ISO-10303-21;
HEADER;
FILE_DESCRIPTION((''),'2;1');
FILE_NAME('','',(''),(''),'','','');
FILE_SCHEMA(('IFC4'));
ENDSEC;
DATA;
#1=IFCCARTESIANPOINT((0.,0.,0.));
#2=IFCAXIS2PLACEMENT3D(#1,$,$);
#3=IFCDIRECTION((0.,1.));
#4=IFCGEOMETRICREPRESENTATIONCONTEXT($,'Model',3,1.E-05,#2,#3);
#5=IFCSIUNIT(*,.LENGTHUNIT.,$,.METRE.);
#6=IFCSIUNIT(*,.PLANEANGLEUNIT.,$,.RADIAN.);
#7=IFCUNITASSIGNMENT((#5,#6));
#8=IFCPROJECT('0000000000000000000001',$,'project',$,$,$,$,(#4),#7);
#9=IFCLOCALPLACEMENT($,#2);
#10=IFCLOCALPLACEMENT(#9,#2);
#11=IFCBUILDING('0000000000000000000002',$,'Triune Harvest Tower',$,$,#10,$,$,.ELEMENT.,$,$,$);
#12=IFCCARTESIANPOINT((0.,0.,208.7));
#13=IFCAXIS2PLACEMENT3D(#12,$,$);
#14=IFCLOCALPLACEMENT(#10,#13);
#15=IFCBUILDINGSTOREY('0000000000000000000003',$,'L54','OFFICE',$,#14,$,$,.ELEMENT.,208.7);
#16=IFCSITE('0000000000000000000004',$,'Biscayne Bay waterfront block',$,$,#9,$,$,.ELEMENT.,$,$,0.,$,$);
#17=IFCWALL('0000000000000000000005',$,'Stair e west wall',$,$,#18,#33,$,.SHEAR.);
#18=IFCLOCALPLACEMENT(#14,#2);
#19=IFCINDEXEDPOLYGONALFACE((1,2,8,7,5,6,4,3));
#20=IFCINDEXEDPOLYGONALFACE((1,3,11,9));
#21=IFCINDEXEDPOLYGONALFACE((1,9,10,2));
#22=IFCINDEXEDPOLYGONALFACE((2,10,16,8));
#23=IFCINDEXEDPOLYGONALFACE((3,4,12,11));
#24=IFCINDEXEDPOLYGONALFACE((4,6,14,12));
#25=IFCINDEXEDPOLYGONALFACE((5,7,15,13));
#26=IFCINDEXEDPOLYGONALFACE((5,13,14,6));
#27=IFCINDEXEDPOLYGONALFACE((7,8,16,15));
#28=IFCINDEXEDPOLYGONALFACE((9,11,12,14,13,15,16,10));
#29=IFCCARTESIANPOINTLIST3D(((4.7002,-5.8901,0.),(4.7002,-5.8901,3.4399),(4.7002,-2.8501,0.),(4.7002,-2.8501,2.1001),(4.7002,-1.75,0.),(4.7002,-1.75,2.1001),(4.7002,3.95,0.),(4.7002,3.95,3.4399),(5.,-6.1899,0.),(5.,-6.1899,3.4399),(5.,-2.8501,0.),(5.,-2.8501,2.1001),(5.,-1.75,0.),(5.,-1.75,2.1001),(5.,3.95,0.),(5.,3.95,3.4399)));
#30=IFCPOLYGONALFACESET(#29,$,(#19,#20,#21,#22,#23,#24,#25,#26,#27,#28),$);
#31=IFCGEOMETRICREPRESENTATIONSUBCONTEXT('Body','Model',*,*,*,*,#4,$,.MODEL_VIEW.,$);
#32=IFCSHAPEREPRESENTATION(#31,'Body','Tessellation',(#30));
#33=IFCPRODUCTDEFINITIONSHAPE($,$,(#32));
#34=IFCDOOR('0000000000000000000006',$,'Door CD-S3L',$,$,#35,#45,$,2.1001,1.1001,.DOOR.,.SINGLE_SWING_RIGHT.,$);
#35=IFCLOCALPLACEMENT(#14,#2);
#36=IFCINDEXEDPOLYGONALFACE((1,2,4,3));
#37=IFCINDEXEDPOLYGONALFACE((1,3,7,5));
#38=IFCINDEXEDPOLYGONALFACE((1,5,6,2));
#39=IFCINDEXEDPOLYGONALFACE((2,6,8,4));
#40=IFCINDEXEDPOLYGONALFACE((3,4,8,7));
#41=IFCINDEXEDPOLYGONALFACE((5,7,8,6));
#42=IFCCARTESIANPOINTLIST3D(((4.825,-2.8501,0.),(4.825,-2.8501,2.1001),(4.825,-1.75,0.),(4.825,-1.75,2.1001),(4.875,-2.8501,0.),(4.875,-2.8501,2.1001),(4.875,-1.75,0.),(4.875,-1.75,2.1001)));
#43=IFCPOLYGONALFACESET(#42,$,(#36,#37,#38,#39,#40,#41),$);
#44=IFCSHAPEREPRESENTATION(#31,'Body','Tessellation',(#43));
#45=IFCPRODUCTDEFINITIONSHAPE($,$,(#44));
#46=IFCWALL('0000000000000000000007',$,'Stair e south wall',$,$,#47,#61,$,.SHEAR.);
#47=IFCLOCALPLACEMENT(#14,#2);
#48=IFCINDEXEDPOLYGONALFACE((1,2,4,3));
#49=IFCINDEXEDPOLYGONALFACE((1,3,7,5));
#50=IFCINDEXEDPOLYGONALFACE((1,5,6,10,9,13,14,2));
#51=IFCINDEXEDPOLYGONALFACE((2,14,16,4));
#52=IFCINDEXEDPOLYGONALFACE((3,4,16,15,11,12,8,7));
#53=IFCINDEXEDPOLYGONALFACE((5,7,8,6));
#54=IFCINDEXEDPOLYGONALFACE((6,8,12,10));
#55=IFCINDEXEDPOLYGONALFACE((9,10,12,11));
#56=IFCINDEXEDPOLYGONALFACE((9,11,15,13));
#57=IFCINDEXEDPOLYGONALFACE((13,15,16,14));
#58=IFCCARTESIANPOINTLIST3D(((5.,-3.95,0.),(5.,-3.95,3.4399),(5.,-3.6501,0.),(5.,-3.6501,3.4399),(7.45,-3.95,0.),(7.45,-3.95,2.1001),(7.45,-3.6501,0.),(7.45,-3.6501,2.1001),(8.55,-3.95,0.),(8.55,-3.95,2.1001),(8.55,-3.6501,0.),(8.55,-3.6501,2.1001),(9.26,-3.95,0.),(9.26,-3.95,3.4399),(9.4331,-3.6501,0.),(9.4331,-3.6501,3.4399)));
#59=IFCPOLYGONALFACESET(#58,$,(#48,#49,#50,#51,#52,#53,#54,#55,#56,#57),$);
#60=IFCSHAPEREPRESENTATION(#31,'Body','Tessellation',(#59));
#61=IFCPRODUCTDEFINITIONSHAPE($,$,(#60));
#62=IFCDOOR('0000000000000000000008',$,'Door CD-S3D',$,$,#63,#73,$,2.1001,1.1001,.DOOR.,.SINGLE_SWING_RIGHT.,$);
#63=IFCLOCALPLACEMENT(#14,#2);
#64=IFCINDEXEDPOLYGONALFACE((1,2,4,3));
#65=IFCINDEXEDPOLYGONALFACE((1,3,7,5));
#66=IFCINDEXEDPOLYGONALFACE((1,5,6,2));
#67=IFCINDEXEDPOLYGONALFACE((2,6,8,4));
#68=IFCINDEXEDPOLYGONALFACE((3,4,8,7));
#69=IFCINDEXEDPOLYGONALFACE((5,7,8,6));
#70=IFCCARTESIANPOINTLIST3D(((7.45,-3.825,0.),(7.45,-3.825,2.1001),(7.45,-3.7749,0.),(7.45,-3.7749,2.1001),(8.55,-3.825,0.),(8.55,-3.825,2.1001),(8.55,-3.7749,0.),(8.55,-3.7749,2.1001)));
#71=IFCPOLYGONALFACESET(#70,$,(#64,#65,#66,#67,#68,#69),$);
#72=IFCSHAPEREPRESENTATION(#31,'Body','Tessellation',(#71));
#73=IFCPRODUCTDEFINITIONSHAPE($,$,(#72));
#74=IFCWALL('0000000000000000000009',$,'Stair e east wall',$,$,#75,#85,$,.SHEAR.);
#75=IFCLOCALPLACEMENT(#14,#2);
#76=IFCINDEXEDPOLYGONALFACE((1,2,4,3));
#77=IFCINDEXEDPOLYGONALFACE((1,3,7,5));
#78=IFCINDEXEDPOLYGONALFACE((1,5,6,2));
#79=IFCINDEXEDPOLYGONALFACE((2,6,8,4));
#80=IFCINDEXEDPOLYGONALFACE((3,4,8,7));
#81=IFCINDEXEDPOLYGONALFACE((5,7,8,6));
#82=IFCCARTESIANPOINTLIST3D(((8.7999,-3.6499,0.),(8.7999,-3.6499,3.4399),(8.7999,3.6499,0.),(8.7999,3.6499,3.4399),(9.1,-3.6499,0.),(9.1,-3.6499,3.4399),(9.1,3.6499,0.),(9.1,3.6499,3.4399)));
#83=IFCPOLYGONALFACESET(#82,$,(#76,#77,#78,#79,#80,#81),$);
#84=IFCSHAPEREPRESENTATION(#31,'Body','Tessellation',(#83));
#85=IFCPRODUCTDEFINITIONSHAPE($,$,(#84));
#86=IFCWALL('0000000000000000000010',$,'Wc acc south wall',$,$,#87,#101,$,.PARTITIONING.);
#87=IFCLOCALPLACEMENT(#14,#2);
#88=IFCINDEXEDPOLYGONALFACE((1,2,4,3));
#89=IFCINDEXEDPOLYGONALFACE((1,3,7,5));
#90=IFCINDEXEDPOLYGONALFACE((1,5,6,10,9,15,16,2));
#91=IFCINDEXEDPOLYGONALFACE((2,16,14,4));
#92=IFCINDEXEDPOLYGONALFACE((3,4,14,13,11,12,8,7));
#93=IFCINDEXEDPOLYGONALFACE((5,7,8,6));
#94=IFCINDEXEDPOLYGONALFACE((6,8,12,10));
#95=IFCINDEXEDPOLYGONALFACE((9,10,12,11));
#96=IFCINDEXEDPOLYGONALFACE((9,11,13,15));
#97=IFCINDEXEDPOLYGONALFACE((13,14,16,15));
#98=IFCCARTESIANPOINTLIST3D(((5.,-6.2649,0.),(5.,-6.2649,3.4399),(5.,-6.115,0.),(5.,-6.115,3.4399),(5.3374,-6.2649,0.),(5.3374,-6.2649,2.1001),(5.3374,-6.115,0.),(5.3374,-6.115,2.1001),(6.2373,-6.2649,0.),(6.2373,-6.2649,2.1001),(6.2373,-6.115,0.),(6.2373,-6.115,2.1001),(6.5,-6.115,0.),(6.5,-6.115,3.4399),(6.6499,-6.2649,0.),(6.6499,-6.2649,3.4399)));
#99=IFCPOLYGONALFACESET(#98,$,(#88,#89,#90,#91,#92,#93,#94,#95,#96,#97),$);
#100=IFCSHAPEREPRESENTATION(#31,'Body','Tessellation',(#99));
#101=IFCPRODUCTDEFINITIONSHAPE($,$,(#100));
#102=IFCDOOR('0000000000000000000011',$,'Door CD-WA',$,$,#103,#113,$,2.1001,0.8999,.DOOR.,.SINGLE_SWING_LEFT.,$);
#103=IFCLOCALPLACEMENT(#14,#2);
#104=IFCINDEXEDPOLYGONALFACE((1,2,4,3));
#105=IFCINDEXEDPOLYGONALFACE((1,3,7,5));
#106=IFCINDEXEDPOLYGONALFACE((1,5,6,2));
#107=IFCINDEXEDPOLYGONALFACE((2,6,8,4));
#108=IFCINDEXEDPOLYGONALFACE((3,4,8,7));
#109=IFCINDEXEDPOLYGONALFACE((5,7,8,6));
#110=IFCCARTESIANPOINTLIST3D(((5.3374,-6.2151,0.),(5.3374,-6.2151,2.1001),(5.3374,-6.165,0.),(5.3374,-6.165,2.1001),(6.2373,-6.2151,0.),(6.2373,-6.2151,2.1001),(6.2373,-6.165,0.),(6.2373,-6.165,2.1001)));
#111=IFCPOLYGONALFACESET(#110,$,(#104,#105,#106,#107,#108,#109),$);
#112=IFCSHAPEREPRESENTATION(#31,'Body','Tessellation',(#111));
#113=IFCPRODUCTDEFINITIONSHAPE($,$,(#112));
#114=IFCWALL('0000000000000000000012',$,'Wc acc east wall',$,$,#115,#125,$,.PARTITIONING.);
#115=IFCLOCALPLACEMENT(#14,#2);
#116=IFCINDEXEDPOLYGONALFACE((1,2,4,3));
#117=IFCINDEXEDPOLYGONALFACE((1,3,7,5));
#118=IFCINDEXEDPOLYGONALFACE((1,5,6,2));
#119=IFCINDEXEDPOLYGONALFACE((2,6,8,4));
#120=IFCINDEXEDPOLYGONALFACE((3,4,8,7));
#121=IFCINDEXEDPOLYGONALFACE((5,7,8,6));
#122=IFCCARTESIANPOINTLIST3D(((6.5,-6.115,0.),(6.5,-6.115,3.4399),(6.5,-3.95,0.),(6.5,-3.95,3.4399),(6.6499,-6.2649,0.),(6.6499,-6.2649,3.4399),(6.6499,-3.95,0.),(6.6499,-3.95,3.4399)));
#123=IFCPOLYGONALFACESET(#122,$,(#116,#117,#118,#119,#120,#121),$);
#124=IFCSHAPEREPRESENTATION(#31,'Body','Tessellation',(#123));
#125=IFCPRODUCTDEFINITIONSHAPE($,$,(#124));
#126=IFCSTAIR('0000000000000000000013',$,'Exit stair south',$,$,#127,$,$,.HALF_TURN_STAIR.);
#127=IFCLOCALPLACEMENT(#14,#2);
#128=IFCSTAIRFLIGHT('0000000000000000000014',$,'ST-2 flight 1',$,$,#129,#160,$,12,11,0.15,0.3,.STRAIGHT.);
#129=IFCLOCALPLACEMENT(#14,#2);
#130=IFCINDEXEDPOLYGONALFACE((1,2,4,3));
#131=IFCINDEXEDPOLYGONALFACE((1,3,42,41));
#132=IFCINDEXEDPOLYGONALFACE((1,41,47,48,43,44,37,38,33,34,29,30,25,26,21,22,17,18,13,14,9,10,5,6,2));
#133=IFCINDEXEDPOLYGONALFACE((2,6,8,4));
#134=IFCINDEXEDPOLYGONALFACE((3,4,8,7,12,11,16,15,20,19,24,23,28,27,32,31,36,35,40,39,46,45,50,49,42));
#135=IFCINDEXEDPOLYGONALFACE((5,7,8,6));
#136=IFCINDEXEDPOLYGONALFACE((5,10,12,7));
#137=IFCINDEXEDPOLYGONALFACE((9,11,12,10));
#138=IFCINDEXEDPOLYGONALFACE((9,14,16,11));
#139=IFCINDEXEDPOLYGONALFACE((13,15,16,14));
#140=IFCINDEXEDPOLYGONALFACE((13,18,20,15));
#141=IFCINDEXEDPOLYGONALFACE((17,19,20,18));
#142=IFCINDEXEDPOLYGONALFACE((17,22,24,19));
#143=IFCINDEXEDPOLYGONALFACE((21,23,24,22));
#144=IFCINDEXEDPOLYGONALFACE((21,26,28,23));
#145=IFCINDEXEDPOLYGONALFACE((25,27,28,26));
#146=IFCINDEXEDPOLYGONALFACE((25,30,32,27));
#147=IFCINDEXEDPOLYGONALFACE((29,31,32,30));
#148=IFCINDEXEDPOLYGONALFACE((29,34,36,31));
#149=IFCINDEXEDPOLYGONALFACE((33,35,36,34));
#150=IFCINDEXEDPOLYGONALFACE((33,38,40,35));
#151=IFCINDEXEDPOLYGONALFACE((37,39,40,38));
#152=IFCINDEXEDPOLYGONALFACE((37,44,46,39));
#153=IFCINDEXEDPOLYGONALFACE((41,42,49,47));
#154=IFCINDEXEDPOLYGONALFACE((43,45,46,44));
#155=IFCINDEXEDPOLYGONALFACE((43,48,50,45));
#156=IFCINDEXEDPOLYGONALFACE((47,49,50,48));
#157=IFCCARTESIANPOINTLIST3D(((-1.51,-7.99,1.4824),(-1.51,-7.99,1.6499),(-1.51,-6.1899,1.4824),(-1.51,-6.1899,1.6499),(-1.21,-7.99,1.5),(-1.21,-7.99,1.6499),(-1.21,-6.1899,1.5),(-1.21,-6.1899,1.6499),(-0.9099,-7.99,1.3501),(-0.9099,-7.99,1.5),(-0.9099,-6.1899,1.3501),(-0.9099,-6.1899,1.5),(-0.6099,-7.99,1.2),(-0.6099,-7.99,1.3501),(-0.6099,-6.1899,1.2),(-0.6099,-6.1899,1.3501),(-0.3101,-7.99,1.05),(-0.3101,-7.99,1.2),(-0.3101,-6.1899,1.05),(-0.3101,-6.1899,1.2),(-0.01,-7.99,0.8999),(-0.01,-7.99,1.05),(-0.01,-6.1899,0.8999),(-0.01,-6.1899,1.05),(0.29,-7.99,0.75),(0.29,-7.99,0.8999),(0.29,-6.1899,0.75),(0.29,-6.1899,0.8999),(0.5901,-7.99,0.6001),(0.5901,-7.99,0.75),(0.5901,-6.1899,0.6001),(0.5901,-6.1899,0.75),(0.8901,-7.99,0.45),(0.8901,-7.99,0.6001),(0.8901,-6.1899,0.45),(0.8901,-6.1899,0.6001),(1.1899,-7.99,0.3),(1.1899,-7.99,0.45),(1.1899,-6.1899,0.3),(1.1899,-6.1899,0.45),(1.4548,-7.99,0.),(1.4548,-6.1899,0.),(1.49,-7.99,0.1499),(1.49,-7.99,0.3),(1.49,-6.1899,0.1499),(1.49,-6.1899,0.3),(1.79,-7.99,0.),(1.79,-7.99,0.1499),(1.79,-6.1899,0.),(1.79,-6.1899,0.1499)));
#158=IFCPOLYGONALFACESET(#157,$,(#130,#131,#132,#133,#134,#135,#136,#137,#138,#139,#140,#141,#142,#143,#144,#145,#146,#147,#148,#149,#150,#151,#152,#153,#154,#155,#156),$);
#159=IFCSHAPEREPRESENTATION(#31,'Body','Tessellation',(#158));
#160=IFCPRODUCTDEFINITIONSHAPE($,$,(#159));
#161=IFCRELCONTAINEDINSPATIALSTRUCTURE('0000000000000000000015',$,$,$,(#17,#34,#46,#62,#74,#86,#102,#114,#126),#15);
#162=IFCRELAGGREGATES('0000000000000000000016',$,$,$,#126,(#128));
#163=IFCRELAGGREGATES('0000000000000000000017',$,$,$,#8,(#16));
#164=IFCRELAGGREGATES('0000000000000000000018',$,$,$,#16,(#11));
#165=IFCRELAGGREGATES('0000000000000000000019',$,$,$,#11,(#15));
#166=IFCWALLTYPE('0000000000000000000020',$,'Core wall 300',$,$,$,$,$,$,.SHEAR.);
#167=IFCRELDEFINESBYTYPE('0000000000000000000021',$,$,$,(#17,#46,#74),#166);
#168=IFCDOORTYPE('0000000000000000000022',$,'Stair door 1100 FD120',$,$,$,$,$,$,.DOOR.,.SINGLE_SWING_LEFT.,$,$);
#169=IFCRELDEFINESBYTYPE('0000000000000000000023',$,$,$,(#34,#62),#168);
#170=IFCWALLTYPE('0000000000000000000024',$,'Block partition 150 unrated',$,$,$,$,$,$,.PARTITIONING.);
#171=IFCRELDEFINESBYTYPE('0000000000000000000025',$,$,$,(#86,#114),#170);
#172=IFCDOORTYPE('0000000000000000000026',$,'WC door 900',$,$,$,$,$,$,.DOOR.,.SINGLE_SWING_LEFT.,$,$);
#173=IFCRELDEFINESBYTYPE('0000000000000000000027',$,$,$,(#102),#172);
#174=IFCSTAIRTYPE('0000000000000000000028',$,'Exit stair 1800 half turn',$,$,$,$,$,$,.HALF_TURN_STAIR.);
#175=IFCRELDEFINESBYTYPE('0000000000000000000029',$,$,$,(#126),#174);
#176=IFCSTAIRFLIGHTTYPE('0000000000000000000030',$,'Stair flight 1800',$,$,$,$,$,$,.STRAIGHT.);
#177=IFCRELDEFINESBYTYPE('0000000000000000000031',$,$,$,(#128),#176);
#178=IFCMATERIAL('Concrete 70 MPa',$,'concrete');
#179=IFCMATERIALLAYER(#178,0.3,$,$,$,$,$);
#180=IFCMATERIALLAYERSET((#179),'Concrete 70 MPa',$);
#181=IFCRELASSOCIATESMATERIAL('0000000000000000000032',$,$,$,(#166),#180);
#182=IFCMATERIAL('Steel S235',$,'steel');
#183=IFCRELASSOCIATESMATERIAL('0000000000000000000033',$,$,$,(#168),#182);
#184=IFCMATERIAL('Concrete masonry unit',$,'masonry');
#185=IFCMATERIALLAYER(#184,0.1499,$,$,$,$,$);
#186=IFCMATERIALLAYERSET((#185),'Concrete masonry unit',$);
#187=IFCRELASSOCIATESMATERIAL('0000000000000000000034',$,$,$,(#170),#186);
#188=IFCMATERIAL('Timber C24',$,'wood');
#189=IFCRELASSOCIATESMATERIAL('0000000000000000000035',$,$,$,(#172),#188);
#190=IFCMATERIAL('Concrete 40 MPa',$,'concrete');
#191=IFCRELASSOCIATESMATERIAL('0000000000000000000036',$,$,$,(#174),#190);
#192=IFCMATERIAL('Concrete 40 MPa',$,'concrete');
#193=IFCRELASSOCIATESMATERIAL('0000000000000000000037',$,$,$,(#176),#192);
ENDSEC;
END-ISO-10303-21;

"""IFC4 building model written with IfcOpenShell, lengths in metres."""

from ifc_helpers import new_model, si_unit, direction, frame, frame_2d, origin, place, context, subcontext, project, spatial, polyline, rectangle, outline, extrude, source, transform, mapped, material, layer, layer_set, type_object, element, fill, aggregate, save


model = new_model("IFC4")

# Units and contexts
model_context = context("Model", 3, precision=1e-05, world=origin(), true_north=direction((0.0, 1.0)))
body_context = subcontext(model_context, "Body", "Model", "MODEL_VIEW")
ifc_project = project(units=[si_unit("LENGTHUNIT", "METRE"), si_unit("PLANEANGLEUNIT", "RADIAN")], contexts=[model_context])

# Site, building, storey
site_placement = place(None, origin())
site = spatial("IfcSite", under=ifc_project, at=site_placement, Name="Biscayne Bay waterfront block", CompositionType="ELEMENT", RefElevation=0.0)
building_placement = place(site_placement, origin())
building = spatial("IfcBuilding", under=site, at=building_placement, Name="Triune Harvest Tower", CompositionType="ELEMENT")
storey_placement = place(building_placement, frame((0.0, 0.0, 208.7)))
storey = spatial("IfcBuildingStorey", under=building, at=storey_placement, Name="L54", Description="OFFICE", CompositionType="ELEMENT", Elevation=208.7)

# Shared definitions
ifc_material_1 = material(Name="Concrete 70 MPa", Category="concrete")
ifc_layer_1 = layer(ifc_material_1, 0.3)
ifc_layer_set_1 = layer_set([ifc_layer_1], Name="Concrete 70 MPa")
wall_type_1 = type_object("IfcWallType", Name="Core wall 300", PredefinedType="SHEAR", material=ifc_layer_set_1)

# Walls, openings, doors
shared_shape_1 = source(origin(), body_context, "Body", "SweptSolid", [
    extrude(outline(polyline([(-0.1499, -0.1499), (9.99, -0.1499), (9.99, 0.1499), (0.1499, 0.1499), (-0.1499, -0.1499)])), origin(), (0.0, 0.0, 1.0), 3.4399),
])
wall_1_placement = place(storey_placement, frame((4.8501, -6.04, 0.0), z_axis=(0.0, 0.0, 1.0), x_axis=(0.0, 1.0, 0.0)))
wall_1 = element("IfcWall", 1, at=wall_1_placement, inside=storey, type_object=wall_type_1, Name="Stair e west wall", PredefinedType="SHEAR", context=body_context, shape_type="MappedRepresentation", body=[
    mapped(shared_shape_1, transform((0.0, 0.0, 0.0), scale=1.0)),
])
opening_1_placement = place(wall_1_placement, frame((3.1899, 0.0, 0.0)))
opening_1 = element("IfcOpeningElement", 2, at=opening_1_placement, cuts=wall_1, PredefinedType="OPENING", context=body_context, shape_type="SweptSolid", body=[
    extrude(rectangle(XDim=1.1001, YDim=2.1001, at=frame_2d((0.55, 1.05))), frame((0.0, 0.1602, 0.0), z_axis=(0.0, -1.0, 0.0), x_axis=(1.0, 0.0, 0.0)), (0.0, 0.0, 1.0), 0.3201),
])
ifc_material_2 = material(Name="Steel S235", Category="steel")
door_type_1 = type_object("IfcDoorType", Name="Stair door 1100 FD120", OperationType="SINGLE_SWING_LEFT", PredefinedType="DOOR", material=ifc_material_2)
door_1_placement = place(opening_1_placement, frame((1.1001, 0.0, 0.0), z_axis=(0.0, 0.0, 1.0), x_axis=(-1.0, 0.0, 0.0)))
door_1 = element("IfcDoor", 3, at=door_1_placement, inside=storey, type_object=door_type_1, Name="Door CD-S3L", OperationType="SINGLE_SWING_RIGHT", OverallHeight=2.1001, OverallWidth=1.1001, PredefinedType="DOOR", context=body_context, shape_type="SweptSolid", body=[
    extrude(rectangle(XDim=1.1001, YDim=2.1001, at=frame_2d((0.55, 1.05))), frame((0.0, 0.0249, 0.0), z_axis=(0.0, -1.0, 0.0), x_axis=(1.0, 0.0, 0.0)), (0.0, 0.0, 1.0), 0.05),
])
fill(opening_1, door_1)
shared_shape_2 = source(origin(), body_context, "Body", "SweptSolid", [
    extrude(outline(polyline([(0.0, -0.1499), (0.0, 0.1499), (4.4331, 0.1499), (4.26, -0.1499), (0.0, -0.1499)])), origin(), (0.0, 0.0, 1.0), 3.4399),
])
wall_2_placement = place(storey_placement, frame((5.0, -3.8, 0.0), z_axis=(0.0, 0.0, 1.0), x_axis=(1.0, 0.0, 0.0)))
wall_2 = element("IfcWall", 4, at=wall_2_placement, inside=storey, type_object=wall_type_1, Name="Stair e south wall", PredefinedType="SHEAR", context=body_context, shape_type="MappedRepresentation", body=[
    mapped(shared_shape_2, transform((0.0, 0.0, 0.0), scale=1.0)),
])
opening_2_placement = place(wall_2_placement, frame((2.45, 0.0, 0.0)))
opening_2 = element("IfcOpeningElement", 5, at=opening_2_placement, cuts=wall_2, PredefinedType="OPENING", context=body_context, shape_type="SweptSolid", body=[
    extrude(rectangle(XDim=1.1001, YDim=2.1001, at=frame_2d((0.55, 1.05))), frame((0.0, 0.1602, 0.0), z_axis=(0.0, -1.0, 0.0), x_axis=(1.0, 0.0, 0.0)), (0.0, 0.0, 1.0), 0.3201),
])
door_2_placement = place(opening_2_placement, frame((1.1001, 0.0, 0.0), z_axis=(0.0, 0.0, 1.0), x_axis=(-1.0, 0.0, 0.0)))
door_2 = element("IfcDoor", 6, at=door_2_placement, inside=storey, type_object=door_type_1, Name="Door CD-S3D", OperationType="SINGLE_SWING_RIGHT", OverallHeight=2.1001, OverallWidth=1.1001, PredefinedType="DOOR", context=body_context, shape_type="SweptSolid", body=[
    extrude(rectangle(XDim=1.1001, YDim=2.1001, at=frame_2d((0.55, 1.05))), frame((0.0, 0.0249, 0.0), z_axis=(0.0, -1.0, 0.0), x_axis=(1.0, 0.0, 0.0)), (0.0, 0.0, 1.0), 0.05),
])
fill(opening_2, door_2)

# Wall
shared_shape_3 = source(origin(), body_context, "Body", "SweptSolid", [
    extrude(rectangle(XDim=7.2998, YDim=0.3, at=frame_2d((3.6499, 0.0))), origin(), (0.0, 0.0, 1.0), 3.4399),
])
wall_3_placement = place(storey_placement, frame((8.95, -3.6499, 0.0), z_axis=(0.0, 0.0, 1.0), x_axis=(0.0, 1.0, 0.0)))
element("IfcWall", 7, at=wall_3_placement, inside=storey, type_object=wall_type_1, Name="Stair e east wall", PredefinedType="SHEAR", context=body_context, shape_type="MappedRepresentation", body=[
    mapped(shared_shape_3, transform((0.0, 0.0, 0.0), scale=1.0)),
])

# Wall, opening, door
ifc_material_3 = material(Name="Concrete masonry unit", Category="masonry")
ifc_layer_2 = layer(ifc_material_3, 0.1499)
ifc_layer_set_2 = layer_set([ifc_layer_2], Name="Concrete masonry unit")
wall_type_2 = type_object("IfcWallType", Name="Block partition 150 unrated", PredefinedType="PARTITIONING", material=ifc_layer_set_2)
shared_shape_4 = source(origin(), body_context, "Body", "SweptSolid", [
    extrude(outline(polyline([(0.0, -0.075), (1.6499, -0.075), (1.5, 0.075), (0.0, 0.075), (0.0, -0.075)])), origin(), (0.0, 0.0, 1.0), 3.4399),
])
wall_4_placement = place(storey_placement, frame((5.0, -6.1899, 0.0), z_axis=(0.0, 0.0, 1.0), x_axis=(1.0, 0.0, 0.0)))
wall_4 = element("IfcWall", 8, at=wall_4_placement, inside=storey, type_object=wall_type_2, Name="Wc acc south wall", PredefinedType="PARTITIONING", context=body_context, shape_type="MappedRepresentation", body=[
    mapped(shared_shape_4, transform((0.0, 0.0, 0.0), scale=1.0)),
])
opening_3_placement = place(wall_4_placement, frame((0.3374, 0.0, 0.0)))
opening_3 = element("IfcOpeningElement", 9, at=opening_3_placement, cuts=wall_4, PredefinedType="OPENING", context=body_context, shape_type="SweptSolid", body=[
    extrude(rectangle(XDim=0.8999, YDim=2.1001, at=frame_2d((0.45, 1.05))), frame((0.0, 0.085, 0.0), z_axis=(0.0, -1.0, 0.0), x_axis=(1.0, 0.0, 0.0)), (0.0, 0.0, 1.0), 0.1699),
])
ifc_material_4 = material(Name="Timber C24", Category="wood")
door_type_2 = type_object("IfcDoorType", Name="WC door 900", OperationType="SINGLE_SWING_LEFT", PredefinedType="DOOR", material=ifc_material_4)
door_3_placement = place(opening_3_placement, origin())
door_3 = element("IfcDoor", 10, at=door_3_placement, inside=storey, type_object=door_type_2, Name="Door CD-WA", OperationType="SINGLE_SWING_LEFT", OverallHeight=2.1001, OverallWidth=0.8999, PredefinedType="DOOR", context=body_context, shape_type="SweptSolid", body=[
    extrude(rectangle(XDim=0.8999, YDim=2.1001, at=frame_2d((0.45, 1.05))), frame((0.0, 0.0249, 0.0), z_axis=(0.0, -1.0, 0.0), x_axis=(1.0, 0.0, 0.0)), (0.0, 0.0, 1.0), 0.05),
])
fill(opening_3, door_3)

# Wall
shared_shape_5 = source(origin(), body_context, "Body", "SweptSolid", [
    extrude(outline(polyline([(-0.075, -0.075), (2.24, -0.075), (2.24, 0.075), (0.075, 0.075), (-0.075, -0.075)])), origin(), (0.0, 0.0, 1.0), 3.4399),
])
wall_5_placement = place(storey_placement, frame((6.575, -6.1899, 0.0), z_axis=(0.0, 0.0, 1.0), x_axis=(0.0, 1.0, 0.0)))
element("IfcWall", 11, at=wall_5_placement, inside=storey, type_object=wall_type_2, Name="Wc acc east wall", PredefinedType="PARTITIONING", context=body_context, shape_type="MappedRepresentation", body=[
    mapped(shared_shape_5, transform((0.0, 0.0, 0.0), scale=1.0)),
])

# Stair, stair flight
ifc_material_5 = material(Name="Concrete 40 MPa", Category="concrete")
stair_type = type_object("IfcStairType", Name="Exit stair 1800 half turn", PredefinedType="HALF_TURN_STAIR", material=ifc_material_5)
stair_placement = place(storey_placement, origin())
stair = element("IfcStair", 12, at=stair_placement, inside=storey, type_object=stair_type, Name="Exit stair south", PredefinedType="HALF_TURN_STAIR")
ifc_material_6 = material(Name="Concrete 40 MPa", Category="concrete")
stair_flight_type = type_object("IfcStairFlightType", Name="Stair flight 1800", PredefinedType="STRAIGHT", material=ifc_material_6)
shared_shape_6 = source(origin(), body_context, "Body", "SweptSolid", [
    extrude(outline(polyline([(0.0, 0.0), (0.0, 0.1499), (0.3, 0.1499), (0.3, 0.3), (0.6001, 0.3), (0.6001, 0.45), (0.8999, 0.45), (0.8999, 0.6001), (1.2, 0.6001), (1.2, 0.75), (1.5, 0.75), (1.5, 0.8999), (1.8, 0.8999), (1.8, 1.05), (2.1001, 1.05), (2.1001, 1.2), (2.3999, 1.2), (2.3999, 1.3501), (2.7, 1.3501), (2.7, 1.5), (3.0, 1.5), (3.0, 1.6499), (3.3, 1.6499), (3.3, 1.8), (3.3, 1.4824), (0.3352, 0.0), (0.0, 0.0)])), frame((0.0, 0.8999, 0.0), z_axis=(0.0, -1.0, 0.0), x_axis=(1.0, 0.0, 0.0)), (0.0, 0.0, 1.0), 1.8),
])
stair_flight_placement = place(storey_placement, frame((1.79, -7.0901, 0.0), z_axis=(0.0, 0.0, 1.0), x_axis=(-1.0, 0.0, 0.0)))
stair_flight = element("IfcStairFlight", 13, at=stair_flight_placement, type_object=stair_flight_type, Name="ST-2 flight 1", NumberOfRisers=12, NumberOfTreads=11, PredefinedType="STRAIGHT", RiserHeight=0.15, TreadLength=0.3, context=body_context, shape_type="MappedRepresentation", body=[
    mapped(shared_shape_6, transform((0.0, 0.0, 0.0), scale=1.0)),
])
aggregate(stair, [stair_flight])

save(model, "model.ifc")
